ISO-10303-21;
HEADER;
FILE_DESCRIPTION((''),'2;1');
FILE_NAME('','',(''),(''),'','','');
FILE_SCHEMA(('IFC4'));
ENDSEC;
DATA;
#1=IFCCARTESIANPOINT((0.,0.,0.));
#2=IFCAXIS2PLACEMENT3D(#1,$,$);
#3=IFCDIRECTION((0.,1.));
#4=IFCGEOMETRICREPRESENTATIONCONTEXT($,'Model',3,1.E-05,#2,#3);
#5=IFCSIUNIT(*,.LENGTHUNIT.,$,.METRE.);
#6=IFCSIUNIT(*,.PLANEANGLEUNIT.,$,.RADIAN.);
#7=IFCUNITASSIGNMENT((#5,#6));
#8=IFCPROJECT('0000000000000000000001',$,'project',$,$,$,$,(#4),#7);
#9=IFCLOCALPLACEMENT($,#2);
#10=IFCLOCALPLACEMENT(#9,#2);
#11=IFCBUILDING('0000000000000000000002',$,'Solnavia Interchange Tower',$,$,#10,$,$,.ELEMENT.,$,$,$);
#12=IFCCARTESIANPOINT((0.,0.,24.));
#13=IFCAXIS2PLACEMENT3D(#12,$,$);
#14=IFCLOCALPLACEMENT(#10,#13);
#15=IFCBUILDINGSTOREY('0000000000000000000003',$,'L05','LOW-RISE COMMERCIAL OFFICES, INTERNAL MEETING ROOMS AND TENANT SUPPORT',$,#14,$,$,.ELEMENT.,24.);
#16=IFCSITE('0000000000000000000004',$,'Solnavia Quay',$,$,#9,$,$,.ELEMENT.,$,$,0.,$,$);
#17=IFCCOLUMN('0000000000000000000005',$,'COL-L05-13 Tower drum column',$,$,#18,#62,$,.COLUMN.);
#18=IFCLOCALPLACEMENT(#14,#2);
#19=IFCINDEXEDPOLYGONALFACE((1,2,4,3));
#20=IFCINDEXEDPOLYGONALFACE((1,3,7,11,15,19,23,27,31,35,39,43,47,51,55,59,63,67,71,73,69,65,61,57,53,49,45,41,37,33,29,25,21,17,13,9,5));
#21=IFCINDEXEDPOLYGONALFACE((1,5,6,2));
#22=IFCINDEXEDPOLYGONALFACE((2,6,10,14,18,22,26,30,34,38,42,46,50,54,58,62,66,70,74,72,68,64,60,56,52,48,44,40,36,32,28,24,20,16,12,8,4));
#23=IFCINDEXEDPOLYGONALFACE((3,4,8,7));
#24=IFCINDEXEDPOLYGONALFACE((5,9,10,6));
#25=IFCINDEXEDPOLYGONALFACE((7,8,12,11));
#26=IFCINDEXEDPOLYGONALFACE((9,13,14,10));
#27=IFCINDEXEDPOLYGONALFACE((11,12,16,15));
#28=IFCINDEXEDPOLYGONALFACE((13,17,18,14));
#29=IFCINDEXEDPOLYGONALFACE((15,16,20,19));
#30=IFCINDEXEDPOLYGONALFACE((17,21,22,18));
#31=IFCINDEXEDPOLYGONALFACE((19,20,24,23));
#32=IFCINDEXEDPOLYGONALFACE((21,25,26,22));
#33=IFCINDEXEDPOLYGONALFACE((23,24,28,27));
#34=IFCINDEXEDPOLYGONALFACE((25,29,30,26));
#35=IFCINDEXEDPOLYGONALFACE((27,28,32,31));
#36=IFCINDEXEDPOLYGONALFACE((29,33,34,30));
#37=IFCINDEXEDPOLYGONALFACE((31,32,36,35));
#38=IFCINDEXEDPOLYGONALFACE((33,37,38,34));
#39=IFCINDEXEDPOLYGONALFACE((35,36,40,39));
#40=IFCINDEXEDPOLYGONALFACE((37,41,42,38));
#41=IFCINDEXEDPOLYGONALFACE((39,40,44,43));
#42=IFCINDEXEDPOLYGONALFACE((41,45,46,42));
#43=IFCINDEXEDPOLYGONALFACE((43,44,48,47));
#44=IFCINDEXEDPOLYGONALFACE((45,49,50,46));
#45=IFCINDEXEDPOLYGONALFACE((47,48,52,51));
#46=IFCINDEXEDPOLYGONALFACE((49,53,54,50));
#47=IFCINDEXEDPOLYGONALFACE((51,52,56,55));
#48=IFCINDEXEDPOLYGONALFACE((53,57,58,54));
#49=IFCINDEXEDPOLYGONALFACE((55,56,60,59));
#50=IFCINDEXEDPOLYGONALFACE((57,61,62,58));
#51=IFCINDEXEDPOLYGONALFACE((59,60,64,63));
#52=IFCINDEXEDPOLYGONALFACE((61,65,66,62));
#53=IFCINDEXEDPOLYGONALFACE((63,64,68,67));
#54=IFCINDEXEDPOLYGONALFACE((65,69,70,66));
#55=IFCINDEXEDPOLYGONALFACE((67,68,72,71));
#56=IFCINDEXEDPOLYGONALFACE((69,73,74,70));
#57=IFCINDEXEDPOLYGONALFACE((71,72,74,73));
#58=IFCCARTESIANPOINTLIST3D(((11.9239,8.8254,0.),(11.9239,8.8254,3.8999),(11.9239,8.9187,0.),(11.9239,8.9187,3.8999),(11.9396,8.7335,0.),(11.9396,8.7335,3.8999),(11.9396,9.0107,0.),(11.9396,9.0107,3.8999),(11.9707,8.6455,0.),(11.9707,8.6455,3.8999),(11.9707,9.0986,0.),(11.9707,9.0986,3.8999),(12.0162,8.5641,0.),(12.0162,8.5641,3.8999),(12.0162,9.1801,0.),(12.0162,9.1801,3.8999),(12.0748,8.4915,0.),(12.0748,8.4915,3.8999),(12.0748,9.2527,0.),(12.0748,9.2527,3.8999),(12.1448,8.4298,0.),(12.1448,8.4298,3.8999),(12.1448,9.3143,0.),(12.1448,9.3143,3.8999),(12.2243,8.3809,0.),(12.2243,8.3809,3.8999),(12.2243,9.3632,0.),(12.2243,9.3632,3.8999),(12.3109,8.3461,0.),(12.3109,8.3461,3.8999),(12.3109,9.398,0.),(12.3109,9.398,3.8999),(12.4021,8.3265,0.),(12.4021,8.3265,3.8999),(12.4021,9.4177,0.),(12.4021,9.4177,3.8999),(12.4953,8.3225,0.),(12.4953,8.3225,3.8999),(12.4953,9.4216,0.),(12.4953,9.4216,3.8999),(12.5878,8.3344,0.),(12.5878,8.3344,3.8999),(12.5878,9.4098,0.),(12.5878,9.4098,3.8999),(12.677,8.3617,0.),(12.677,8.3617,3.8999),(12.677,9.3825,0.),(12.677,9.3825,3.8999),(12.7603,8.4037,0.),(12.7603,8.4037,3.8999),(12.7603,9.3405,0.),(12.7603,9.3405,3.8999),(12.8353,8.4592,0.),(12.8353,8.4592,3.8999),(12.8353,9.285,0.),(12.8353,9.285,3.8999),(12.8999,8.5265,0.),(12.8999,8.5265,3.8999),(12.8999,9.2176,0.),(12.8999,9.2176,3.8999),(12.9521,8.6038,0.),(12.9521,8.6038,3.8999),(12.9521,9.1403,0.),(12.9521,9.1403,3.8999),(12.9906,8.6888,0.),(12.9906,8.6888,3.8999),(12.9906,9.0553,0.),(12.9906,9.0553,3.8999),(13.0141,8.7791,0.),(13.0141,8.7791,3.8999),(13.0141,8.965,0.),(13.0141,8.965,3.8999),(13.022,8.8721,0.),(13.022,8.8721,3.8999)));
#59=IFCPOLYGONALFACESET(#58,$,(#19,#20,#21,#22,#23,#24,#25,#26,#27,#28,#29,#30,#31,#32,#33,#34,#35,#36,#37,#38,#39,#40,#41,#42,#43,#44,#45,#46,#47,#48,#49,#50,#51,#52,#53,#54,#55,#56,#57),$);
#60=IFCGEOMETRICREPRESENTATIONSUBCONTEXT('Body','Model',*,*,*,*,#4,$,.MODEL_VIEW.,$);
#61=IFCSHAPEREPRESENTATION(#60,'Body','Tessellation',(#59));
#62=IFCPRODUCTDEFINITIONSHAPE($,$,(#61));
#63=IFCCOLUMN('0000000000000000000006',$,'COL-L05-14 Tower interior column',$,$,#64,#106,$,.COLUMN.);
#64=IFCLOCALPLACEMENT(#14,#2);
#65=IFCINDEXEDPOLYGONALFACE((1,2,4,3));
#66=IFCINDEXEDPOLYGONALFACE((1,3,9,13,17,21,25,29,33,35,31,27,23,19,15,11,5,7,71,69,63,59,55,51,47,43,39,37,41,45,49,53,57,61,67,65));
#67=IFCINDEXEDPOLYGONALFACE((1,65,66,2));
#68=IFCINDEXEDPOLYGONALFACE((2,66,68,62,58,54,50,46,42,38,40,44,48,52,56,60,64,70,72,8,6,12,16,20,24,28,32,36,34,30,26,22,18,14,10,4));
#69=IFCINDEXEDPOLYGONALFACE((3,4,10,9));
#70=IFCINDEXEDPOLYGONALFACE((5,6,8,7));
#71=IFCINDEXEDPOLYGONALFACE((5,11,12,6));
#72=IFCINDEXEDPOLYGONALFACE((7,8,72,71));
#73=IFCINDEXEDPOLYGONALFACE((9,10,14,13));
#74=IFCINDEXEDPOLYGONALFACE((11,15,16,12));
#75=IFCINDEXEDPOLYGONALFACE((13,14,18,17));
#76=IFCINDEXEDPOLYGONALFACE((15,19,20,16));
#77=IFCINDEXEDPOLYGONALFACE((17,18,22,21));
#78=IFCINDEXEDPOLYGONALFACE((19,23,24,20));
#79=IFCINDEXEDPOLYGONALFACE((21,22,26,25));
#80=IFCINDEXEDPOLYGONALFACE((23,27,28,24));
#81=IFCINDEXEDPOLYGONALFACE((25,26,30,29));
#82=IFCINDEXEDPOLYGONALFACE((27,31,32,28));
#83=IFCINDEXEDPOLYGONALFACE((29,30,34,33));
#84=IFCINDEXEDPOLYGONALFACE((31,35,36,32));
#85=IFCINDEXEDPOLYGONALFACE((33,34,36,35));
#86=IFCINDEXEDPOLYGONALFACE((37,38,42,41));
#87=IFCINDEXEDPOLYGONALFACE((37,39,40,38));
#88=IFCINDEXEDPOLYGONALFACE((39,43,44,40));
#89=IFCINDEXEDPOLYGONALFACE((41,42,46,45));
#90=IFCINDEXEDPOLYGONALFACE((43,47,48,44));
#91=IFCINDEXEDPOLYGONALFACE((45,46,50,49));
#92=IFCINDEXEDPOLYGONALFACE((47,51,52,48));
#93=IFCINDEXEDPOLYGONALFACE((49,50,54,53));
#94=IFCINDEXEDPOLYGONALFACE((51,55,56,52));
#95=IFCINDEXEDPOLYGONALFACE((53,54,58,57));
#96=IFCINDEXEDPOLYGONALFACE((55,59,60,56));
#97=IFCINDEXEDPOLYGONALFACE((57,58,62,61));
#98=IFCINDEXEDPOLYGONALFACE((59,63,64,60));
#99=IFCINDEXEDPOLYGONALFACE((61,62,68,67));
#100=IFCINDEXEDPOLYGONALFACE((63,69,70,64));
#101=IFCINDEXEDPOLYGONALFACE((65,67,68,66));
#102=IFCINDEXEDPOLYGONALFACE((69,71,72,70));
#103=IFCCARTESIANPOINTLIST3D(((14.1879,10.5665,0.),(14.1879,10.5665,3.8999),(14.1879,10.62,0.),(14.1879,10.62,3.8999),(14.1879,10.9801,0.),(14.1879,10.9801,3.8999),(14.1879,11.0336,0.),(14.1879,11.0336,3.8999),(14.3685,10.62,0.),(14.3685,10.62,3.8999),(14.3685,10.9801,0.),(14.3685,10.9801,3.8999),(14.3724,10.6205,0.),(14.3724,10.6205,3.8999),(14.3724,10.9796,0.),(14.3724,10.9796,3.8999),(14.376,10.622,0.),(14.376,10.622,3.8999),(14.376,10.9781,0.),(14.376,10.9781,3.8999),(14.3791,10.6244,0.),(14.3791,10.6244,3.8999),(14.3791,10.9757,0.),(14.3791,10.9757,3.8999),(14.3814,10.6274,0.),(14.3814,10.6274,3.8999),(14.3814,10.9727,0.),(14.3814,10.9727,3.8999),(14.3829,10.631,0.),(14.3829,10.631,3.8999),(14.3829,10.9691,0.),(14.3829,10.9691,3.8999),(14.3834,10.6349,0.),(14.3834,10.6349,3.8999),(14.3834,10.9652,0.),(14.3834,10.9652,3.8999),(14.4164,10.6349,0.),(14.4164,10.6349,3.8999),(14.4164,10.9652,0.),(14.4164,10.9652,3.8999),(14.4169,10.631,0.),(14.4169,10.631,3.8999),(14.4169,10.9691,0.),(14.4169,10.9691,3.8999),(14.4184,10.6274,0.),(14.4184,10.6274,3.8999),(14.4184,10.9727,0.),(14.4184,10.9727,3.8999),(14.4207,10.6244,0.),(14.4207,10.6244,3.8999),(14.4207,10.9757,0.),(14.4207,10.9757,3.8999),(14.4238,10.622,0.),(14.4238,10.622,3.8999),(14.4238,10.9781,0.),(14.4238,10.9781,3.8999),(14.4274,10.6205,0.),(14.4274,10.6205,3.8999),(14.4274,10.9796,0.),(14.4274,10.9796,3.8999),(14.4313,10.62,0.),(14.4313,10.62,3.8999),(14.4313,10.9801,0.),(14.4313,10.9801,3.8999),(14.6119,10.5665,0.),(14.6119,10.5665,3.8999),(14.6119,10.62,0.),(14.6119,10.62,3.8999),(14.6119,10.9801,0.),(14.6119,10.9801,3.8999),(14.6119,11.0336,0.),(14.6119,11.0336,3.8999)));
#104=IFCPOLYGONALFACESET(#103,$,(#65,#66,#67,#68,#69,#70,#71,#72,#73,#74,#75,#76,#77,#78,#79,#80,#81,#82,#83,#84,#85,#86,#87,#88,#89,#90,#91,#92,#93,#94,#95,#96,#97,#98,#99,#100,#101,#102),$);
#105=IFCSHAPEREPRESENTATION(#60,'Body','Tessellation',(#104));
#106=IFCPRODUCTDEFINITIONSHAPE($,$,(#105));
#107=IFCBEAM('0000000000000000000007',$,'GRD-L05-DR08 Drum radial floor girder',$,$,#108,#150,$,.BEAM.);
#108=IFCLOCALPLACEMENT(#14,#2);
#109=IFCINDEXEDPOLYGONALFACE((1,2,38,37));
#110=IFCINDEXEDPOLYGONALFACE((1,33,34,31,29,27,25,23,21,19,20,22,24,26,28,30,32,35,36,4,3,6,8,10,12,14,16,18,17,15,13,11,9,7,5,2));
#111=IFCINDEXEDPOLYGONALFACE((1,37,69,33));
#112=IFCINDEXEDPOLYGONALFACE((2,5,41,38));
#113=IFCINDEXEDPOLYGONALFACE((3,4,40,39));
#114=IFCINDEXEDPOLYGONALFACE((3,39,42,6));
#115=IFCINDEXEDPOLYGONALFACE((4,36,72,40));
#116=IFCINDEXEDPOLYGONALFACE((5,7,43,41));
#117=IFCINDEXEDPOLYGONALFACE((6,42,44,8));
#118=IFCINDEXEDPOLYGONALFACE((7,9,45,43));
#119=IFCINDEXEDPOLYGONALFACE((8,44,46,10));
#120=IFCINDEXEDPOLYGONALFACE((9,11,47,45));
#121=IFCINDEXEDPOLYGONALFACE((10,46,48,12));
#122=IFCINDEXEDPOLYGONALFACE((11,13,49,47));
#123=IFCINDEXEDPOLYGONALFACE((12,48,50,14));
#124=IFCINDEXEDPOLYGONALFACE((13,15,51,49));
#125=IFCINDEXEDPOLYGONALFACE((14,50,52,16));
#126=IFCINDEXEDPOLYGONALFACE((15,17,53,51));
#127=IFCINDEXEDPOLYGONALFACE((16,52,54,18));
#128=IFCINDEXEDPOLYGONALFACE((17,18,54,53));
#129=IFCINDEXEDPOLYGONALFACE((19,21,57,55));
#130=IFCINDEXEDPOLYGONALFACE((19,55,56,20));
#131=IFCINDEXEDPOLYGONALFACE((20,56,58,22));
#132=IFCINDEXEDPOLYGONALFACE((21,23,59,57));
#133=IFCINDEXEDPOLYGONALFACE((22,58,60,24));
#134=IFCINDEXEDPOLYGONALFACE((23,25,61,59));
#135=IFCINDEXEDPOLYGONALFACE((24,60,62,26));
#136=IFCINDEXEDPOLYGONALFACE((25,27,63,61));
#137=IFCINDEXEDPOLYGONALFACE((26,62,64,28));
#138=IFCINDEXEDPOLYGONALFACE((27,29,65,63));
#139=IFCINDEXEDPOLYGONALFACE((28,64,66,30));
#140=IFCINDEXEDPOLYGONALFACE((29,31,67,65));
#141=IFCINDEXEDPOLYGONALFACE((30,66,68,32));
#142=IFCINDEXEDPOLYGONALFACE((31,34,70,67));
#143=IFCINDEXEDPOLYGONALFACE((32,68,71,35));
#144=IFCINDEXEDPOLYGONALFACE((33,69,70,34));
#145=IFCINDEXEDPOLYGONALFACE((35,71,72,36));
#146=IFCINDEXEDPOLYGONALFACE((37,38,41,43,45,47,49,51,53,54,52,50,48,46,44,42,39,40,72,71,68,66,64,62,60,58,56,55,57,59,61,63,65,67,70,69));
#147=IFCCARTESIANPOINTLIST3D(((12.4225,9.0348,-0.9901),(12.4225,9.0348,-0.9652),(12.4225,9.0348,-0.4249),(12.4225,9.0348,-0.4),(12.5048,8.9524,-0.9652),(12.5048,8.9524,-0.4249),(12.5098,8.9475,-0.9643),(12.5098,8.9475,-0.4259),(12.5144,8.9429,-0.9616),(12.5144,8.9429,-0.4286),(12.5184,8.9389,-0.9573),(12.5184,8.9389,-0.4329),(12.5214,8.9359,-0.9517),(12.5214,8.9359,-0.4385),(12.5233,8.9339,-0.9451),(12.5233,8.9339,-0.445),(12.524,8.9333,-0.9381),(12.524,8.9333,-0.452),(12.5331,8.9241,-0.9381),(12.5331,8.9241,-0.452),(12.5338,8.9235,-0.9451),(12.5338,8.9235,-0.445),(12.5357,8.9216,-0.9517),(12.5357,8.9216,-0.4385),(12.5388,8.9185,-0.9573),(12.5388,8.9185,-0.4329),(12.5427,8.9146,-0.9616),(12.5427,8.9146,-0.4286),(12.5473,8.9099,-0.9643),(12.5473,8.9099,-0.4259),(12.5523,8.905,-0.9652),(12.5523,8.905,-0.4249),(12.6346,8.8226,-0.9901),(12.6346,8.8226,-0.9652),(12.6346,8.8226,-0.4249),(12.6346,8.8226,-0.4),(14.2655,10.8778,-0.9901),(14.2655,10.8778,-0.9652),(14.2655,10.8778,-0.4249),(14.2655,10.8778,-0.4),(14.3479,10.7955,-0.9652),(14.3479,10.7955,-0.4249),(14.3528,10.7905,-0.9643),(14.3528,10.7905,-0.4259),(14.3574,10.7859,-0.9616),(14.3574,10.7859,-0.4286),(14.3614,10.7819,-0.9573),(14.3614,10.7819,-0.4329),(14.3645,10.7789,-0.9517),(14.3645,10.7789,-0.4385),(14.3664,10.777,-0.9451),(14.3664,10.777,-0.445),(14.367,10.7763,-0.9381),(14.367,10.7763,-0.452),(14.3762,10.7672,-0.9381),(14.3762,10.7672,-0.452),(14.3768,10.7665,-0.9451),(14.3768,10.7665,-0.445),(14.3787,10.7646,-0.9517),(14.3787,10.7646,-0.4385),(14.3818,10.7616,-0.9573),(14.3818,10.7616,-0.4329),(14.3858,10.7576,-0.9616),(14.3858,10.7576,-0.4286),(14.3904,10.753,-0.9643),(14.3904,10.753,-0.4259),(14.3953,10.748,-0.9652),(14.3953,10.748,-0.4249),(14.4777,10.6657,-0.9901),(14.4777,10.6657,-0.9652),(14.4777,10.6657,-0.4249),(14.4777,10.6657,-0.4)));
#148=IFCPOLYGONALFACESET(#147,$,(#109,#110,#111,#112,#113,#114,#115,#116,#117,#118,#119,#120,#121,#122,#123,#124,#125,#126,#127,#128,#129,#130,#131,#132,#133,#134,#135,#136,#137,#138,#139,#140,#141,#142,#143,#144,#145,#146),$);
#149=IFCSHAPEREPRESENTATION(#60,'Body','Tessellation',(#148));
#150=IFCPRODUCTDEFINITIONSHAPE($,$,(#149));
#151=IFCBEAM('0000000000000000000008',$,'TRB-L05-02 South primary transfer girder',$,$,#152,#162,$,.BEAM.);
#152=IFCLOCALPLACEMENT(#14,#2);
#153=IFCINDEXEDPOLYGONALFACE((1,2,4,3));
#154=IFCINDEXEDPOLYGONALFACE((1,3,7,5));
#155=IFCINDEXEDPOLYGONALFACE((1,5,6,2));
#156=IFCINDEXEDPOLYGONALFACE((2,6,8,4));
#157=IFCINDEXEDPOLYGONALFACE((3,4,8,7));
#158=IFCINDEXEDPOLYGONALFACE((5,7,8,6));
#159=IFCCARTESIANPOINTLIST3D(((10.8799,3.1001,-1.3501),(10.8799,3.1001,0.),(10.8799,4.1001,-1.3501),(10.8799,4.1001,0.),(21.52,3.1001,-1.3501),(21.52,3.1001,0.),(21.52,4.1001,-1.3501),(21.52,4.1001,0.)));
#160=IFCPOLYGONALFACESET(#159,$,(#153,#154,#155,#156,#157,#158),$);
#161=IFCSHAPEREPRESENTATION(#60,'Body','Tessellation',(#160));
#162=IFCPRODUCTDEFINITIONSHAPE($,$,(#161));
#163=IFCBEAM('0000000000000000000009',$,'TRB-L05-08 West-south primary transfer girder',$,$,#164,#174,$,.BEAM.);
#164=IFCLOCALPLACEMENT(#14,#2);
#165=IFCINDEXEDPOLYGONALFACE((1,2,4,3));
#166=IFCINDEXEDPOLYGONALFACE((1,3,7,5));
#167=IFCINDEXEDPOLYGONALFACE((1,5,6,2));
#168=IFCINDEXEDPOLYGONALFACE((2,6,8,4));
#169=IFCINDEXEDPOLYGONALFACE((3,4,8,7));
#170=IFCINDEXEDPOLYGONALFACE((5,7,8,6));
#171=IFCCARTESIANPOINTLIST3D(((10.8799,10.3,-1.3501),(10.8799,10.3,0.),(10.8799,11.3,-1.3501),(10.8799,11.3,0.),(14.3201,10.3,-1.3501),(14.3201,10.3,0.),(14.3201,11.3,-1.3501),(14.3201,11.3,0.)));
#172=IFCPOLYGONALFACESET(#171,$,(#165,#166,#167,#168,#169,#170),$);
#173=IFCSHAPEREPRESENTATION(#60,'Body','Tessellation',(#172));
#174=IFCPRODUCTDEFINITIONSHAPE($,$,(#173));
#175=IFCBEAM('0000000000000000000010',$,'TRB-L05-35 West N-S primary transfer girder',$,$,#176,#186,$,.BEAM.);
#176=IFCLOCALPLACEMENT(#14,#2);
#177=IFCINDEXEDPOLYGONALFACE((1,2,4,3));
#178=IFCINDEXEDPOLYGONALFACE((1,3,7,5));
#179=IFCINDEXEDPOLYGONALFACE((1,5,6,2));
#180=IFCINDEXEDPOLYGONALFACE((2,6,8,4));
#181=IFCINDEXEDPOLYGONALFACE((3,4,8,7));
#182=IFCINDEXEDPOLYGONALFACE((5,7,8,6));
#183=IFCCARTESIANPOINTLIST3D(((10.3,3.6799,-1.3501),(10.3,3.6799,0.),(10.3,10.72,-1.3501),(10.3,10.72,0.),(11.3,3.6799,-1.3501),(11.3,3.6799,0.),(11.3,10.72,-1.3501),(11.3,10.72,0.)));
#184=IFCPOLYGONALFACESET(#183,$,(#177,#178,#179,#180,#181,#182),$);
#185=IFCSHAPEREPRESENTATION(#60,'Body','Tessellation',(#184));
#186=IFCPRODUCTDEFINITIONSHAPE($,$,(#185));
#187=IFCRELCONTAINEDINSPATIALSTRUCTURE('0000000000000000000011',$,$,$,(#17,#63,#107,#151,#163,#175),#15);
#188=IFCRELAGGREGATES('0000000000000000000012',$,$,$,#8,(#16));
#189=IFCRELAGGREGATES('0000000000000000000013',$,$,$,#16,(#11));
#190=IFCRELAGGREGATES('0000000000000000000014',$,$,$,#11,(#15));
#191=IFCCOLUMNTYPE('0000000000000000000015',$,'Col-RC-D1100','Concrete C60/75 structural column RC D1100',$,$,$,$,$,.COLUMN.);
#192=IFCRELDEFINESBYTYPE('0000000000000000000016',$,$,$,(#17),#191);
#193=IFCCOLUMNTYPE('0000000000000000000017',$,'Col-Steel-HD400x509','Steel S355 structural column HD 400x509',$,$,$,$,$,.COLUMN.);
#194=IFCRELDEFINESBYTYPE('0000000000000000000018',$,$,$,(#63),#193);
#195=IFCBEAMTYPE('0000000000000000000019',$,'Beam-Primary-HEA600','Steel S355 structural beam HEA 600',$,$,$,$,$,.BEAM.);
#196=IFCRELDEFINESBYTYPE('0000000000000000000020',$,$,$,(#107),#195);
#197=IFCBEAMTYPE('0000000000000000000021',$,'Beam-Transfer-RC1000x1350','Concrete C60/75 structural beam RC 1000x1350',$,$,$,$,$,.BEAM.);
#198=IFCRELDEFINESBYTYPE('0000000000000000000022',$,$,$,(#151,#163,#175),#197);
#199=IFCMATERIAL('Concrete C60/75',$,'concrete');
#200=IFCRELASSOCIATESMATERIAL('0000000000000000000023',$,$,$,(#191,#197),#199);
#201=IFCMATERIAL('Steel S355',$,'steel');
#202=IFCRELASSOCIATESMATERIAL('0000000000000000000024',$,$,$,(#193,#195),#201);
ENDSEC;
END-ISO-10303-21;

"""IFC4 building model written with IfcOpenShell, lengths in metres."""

from ifc_helpers import new_model, si_unit, direction, frame, origin, origin_2d, place, context, subcontext, project, spatial, rectangle, circle, i_section, extrude, material, material_profile, profile_set, type_object, element, save


model = new_model("IFC4")

# Units and contexts
model_context = context("Model", 3, precision=1e-05, world=origin(), true_north=direction((0.0, 1.0)))
body_context = subcontext(model_context, "Body", "Model", "MODEL_VIEW")
ifc_project = project(units=[si_unit("LENGTHUNIT", "METRE"), si_unit("PLANEANGLEUNIT", "RADIAN")], contexts=[model_context])

# Site, building, storey
site_placement = place(None, origin())
site = spatial("IfcSite", under=ifc_project, at=site_placement, Name="Solnavia Quay", CompositionType="ELEMENT", RefElevation=0.0)
building_placement = place(site_placement, origin())
building = spatial("IfcBuilding", under=site, at=building_placement, Name="Solnavia Interchange Tower", CompositionType="ELEMENT")
storey_placement = place(building_placement, frame((0.0, 0.0, 24.0)))
storey = spatial("IfcBuildingStorey", under=building, at=storey_placement, Name="L05", Description="LOW-RISE COMMERCIAL OFFICES, INTERNAL MEETING ROOMS AND TENANT SUPPORT", CompositionType="ELEMENT", Elevation=24.0)

# Columns
ifc_material_1 = material(Name="Concrete C60/75", Category="concrete")
ifc_material_profile_1 = material_profile(ifc_material_1, circle(Radius=0.55, at=origin_2d()), Name="RC D1100")
ifc_profile_set_1 = profile_set([ifc_material_profile_1], Name="Concrete C60/75")
column_type_1 = type_object("IfcColumnType", Name="Col-RC-D1100", Description="Concrete C60/75 structural column RC D1100", PredefinedType="COLUMN", material=ifc_profile_set_1)
column_1_placement = place(storey_placement, frame((12.4719, 8.8721, 0.0), z_axis=(0.0, 0.0, 1.0), x_axis=(1.0, 0.0, 0.0)))
element("IfcColumn", 1, at=column_1_placement, inside=storey, type_object=column_type_1, Name="COL-L05-13 Tower drum column", PredefinedType="COLUMN", context=body_context, shape_type="SweptSolid", body=[
    extrude(circle(Radius=0.55, at=origin_2d()), origin(), (0.0, 0.0, 1.0), 3.8999),
])
ifc_material_2 = material(Name="Steel S355", Category="steel")
ifc_material_profile_2 = material_profile(ifc_material_2, i_section(OverallWidth=0.4241, OverallDepth=0.467, WebThickness=0.033, FlangeThickness=0.0535, FilletRadius=0.0149, at=origin_2d()), Name="HD 400x509")
ifc_profile_set_2 = profile_set([ifc_material_profile_2], Name="Steel S355")
column_type_2 = type_object("IfcColumnType", Name="Col-Steel-HD400x509", Description="Steel S355 structural column HD 400x509", PredefinedType="COLUMN", material=ifc_profile_set_2)
column_2_placement = place(storey_placement, frame((14.3999, 10.8, 0.0), z_axis=(0.0, 0.0, 1.0), x_axis=(1.0, 0.0, 0.0)))
element("IfcColumn", 2, at=column_2_placement, inside=storey, type_object=column_type_2, Name="COL-L05-14 Tower interior column", PredefinedType="COLUMN", context=body_context, shape_type="SweptSolid", body=[
    extrude(i_section(OverallWidth=0.4241, OverallDepth=0.467, WebThickness=0.033, FlangeThickness=0.0535, FilletRadius=0.0149, at=origin_2d()), origin(), (0.0, 0.0, 1.0), 3.8999),
])

# Beams
ifc_material_profile_3 = material_profile(ifc_material_2, i_section(OverallWidth=0.3, OverallDepth=0.5901, WebThickness=0.0129, FlangeThickness=0.0249, FilletRadius=0.0271, at=origin_2d()), Name="HEA 600")
ifc_profile_set_3 = profile_set([ifc_material_profile_3], Name="Steel S355")
beam_type_1 = type_object("IfcBeamType", Name="Beam-Primary-HEA600", Description="Steel S355 structural beam HEA 600", PredefinedType="BEAM", material=ifc_profile_set_3)
beam_1_placement = place(storey_placement, frame((12.5286, 8.9287, -0.6951), z_axis=(0.707107, 0.707107, 0.0), x_axis=(-0.707107, 0.707107, 0.0)))
element("IfcBeam", 3, at=beam_1_placement, inside=storey, type_object=beam_type_1, Name="GRD-L05-DR08 Drum radial floor girder", PredefinedType="BEAM", context=body_context, shape_type="SweptSolid", body=[
    extrude(i_section(OverallWidth=0.3, OverallDepth=0.5901, WebThickness=0.0129, FlangeThickness=0.0249, FilletRadius=0.0271, at=origin_2d()), origin(), (0.0, 0.0, 1.0), 2.6064),
])
ifc_material_profile_4 = material_profile(ifc_material_1, rectangle(XDim=1.0, YDim=1.3501, at=origin_2d()), Name="RC 1000x1350")
ifc_profile_set_4 = profile_set([ifc_material_profile_4], Name="Concrete C60/75")
beam_type_2 = type_object("IfcBeamType", Name="Beam-Transfer-RC1000x1350", Description="Concrete C60/75 structural beam RC 1000x1350", PredefinedType="BEAM", material=ifc_profile_set_4)
beam_2_placement = place(storey_placement, frame((10.8799, 3.6001, -0.675), z_axis=(1.0, 0.0, 0.0), x_axis=(0.0, 1.0, 0.0)))
element("IfcBeam", 4, at=beam_2_placement, inside=storey, type_object=beam_type_2, Name="TRB-L05-02 South primary transfer girder", PredefinedType="BEAM", context=body_context, shape_type="SweptSolid", body=[
    extrude(rectangle(XDim=1.0, YDim=1.3501, at=origin_2d()), origin(), (0.0, 0.0, 1.0), 10.6401),
])
beam_3_placement = place(storey_placement, frame((10.8799, 10.8, -0.675), z_axis=(1.0, 0.0, 0.0), x_axis=(0.0, 1.0, 0.0)))
element("IfcBeam", 5, at=beam_3_placement, inside=storey, type_object=beam_type_2, Name="TRB-L05-08 West-south primary transfer girder", PredefinedType="BEAM", context=body_context, shape_type="SweptSolid", body=[
    extrude(rectangle(XDim=1.0, YDim=1.3501, at=origin_2d()), origin(), (0.0, 0.0, 1.0), 3.4402),
])
for number, where, z_axis, x_axis, name in (
    (6, (10.8, 3.6799, -0.675), (0.0, 1.0, 0.0), (-1.0, 0.0, 0.0), "TRB-L05-35 West N-S primary transfer girder"),
):
    element("IfcBeam", number, at=place(storey_placement, frame(where, z_axis=z_axis, x_axis=x_axis)), inside=storey, type_object=beam_type_2, Name=name, PredefinedType="BEAM", context=body_context, shape_type="SweptSolid", body=[
        extrude(rectangle(XDim=1.0, YDim=1.3501, at=origin_2d()), origin(), (0.0, 0.0, 1.0), 7.04),
    ])

save(model, "model.ifc")
